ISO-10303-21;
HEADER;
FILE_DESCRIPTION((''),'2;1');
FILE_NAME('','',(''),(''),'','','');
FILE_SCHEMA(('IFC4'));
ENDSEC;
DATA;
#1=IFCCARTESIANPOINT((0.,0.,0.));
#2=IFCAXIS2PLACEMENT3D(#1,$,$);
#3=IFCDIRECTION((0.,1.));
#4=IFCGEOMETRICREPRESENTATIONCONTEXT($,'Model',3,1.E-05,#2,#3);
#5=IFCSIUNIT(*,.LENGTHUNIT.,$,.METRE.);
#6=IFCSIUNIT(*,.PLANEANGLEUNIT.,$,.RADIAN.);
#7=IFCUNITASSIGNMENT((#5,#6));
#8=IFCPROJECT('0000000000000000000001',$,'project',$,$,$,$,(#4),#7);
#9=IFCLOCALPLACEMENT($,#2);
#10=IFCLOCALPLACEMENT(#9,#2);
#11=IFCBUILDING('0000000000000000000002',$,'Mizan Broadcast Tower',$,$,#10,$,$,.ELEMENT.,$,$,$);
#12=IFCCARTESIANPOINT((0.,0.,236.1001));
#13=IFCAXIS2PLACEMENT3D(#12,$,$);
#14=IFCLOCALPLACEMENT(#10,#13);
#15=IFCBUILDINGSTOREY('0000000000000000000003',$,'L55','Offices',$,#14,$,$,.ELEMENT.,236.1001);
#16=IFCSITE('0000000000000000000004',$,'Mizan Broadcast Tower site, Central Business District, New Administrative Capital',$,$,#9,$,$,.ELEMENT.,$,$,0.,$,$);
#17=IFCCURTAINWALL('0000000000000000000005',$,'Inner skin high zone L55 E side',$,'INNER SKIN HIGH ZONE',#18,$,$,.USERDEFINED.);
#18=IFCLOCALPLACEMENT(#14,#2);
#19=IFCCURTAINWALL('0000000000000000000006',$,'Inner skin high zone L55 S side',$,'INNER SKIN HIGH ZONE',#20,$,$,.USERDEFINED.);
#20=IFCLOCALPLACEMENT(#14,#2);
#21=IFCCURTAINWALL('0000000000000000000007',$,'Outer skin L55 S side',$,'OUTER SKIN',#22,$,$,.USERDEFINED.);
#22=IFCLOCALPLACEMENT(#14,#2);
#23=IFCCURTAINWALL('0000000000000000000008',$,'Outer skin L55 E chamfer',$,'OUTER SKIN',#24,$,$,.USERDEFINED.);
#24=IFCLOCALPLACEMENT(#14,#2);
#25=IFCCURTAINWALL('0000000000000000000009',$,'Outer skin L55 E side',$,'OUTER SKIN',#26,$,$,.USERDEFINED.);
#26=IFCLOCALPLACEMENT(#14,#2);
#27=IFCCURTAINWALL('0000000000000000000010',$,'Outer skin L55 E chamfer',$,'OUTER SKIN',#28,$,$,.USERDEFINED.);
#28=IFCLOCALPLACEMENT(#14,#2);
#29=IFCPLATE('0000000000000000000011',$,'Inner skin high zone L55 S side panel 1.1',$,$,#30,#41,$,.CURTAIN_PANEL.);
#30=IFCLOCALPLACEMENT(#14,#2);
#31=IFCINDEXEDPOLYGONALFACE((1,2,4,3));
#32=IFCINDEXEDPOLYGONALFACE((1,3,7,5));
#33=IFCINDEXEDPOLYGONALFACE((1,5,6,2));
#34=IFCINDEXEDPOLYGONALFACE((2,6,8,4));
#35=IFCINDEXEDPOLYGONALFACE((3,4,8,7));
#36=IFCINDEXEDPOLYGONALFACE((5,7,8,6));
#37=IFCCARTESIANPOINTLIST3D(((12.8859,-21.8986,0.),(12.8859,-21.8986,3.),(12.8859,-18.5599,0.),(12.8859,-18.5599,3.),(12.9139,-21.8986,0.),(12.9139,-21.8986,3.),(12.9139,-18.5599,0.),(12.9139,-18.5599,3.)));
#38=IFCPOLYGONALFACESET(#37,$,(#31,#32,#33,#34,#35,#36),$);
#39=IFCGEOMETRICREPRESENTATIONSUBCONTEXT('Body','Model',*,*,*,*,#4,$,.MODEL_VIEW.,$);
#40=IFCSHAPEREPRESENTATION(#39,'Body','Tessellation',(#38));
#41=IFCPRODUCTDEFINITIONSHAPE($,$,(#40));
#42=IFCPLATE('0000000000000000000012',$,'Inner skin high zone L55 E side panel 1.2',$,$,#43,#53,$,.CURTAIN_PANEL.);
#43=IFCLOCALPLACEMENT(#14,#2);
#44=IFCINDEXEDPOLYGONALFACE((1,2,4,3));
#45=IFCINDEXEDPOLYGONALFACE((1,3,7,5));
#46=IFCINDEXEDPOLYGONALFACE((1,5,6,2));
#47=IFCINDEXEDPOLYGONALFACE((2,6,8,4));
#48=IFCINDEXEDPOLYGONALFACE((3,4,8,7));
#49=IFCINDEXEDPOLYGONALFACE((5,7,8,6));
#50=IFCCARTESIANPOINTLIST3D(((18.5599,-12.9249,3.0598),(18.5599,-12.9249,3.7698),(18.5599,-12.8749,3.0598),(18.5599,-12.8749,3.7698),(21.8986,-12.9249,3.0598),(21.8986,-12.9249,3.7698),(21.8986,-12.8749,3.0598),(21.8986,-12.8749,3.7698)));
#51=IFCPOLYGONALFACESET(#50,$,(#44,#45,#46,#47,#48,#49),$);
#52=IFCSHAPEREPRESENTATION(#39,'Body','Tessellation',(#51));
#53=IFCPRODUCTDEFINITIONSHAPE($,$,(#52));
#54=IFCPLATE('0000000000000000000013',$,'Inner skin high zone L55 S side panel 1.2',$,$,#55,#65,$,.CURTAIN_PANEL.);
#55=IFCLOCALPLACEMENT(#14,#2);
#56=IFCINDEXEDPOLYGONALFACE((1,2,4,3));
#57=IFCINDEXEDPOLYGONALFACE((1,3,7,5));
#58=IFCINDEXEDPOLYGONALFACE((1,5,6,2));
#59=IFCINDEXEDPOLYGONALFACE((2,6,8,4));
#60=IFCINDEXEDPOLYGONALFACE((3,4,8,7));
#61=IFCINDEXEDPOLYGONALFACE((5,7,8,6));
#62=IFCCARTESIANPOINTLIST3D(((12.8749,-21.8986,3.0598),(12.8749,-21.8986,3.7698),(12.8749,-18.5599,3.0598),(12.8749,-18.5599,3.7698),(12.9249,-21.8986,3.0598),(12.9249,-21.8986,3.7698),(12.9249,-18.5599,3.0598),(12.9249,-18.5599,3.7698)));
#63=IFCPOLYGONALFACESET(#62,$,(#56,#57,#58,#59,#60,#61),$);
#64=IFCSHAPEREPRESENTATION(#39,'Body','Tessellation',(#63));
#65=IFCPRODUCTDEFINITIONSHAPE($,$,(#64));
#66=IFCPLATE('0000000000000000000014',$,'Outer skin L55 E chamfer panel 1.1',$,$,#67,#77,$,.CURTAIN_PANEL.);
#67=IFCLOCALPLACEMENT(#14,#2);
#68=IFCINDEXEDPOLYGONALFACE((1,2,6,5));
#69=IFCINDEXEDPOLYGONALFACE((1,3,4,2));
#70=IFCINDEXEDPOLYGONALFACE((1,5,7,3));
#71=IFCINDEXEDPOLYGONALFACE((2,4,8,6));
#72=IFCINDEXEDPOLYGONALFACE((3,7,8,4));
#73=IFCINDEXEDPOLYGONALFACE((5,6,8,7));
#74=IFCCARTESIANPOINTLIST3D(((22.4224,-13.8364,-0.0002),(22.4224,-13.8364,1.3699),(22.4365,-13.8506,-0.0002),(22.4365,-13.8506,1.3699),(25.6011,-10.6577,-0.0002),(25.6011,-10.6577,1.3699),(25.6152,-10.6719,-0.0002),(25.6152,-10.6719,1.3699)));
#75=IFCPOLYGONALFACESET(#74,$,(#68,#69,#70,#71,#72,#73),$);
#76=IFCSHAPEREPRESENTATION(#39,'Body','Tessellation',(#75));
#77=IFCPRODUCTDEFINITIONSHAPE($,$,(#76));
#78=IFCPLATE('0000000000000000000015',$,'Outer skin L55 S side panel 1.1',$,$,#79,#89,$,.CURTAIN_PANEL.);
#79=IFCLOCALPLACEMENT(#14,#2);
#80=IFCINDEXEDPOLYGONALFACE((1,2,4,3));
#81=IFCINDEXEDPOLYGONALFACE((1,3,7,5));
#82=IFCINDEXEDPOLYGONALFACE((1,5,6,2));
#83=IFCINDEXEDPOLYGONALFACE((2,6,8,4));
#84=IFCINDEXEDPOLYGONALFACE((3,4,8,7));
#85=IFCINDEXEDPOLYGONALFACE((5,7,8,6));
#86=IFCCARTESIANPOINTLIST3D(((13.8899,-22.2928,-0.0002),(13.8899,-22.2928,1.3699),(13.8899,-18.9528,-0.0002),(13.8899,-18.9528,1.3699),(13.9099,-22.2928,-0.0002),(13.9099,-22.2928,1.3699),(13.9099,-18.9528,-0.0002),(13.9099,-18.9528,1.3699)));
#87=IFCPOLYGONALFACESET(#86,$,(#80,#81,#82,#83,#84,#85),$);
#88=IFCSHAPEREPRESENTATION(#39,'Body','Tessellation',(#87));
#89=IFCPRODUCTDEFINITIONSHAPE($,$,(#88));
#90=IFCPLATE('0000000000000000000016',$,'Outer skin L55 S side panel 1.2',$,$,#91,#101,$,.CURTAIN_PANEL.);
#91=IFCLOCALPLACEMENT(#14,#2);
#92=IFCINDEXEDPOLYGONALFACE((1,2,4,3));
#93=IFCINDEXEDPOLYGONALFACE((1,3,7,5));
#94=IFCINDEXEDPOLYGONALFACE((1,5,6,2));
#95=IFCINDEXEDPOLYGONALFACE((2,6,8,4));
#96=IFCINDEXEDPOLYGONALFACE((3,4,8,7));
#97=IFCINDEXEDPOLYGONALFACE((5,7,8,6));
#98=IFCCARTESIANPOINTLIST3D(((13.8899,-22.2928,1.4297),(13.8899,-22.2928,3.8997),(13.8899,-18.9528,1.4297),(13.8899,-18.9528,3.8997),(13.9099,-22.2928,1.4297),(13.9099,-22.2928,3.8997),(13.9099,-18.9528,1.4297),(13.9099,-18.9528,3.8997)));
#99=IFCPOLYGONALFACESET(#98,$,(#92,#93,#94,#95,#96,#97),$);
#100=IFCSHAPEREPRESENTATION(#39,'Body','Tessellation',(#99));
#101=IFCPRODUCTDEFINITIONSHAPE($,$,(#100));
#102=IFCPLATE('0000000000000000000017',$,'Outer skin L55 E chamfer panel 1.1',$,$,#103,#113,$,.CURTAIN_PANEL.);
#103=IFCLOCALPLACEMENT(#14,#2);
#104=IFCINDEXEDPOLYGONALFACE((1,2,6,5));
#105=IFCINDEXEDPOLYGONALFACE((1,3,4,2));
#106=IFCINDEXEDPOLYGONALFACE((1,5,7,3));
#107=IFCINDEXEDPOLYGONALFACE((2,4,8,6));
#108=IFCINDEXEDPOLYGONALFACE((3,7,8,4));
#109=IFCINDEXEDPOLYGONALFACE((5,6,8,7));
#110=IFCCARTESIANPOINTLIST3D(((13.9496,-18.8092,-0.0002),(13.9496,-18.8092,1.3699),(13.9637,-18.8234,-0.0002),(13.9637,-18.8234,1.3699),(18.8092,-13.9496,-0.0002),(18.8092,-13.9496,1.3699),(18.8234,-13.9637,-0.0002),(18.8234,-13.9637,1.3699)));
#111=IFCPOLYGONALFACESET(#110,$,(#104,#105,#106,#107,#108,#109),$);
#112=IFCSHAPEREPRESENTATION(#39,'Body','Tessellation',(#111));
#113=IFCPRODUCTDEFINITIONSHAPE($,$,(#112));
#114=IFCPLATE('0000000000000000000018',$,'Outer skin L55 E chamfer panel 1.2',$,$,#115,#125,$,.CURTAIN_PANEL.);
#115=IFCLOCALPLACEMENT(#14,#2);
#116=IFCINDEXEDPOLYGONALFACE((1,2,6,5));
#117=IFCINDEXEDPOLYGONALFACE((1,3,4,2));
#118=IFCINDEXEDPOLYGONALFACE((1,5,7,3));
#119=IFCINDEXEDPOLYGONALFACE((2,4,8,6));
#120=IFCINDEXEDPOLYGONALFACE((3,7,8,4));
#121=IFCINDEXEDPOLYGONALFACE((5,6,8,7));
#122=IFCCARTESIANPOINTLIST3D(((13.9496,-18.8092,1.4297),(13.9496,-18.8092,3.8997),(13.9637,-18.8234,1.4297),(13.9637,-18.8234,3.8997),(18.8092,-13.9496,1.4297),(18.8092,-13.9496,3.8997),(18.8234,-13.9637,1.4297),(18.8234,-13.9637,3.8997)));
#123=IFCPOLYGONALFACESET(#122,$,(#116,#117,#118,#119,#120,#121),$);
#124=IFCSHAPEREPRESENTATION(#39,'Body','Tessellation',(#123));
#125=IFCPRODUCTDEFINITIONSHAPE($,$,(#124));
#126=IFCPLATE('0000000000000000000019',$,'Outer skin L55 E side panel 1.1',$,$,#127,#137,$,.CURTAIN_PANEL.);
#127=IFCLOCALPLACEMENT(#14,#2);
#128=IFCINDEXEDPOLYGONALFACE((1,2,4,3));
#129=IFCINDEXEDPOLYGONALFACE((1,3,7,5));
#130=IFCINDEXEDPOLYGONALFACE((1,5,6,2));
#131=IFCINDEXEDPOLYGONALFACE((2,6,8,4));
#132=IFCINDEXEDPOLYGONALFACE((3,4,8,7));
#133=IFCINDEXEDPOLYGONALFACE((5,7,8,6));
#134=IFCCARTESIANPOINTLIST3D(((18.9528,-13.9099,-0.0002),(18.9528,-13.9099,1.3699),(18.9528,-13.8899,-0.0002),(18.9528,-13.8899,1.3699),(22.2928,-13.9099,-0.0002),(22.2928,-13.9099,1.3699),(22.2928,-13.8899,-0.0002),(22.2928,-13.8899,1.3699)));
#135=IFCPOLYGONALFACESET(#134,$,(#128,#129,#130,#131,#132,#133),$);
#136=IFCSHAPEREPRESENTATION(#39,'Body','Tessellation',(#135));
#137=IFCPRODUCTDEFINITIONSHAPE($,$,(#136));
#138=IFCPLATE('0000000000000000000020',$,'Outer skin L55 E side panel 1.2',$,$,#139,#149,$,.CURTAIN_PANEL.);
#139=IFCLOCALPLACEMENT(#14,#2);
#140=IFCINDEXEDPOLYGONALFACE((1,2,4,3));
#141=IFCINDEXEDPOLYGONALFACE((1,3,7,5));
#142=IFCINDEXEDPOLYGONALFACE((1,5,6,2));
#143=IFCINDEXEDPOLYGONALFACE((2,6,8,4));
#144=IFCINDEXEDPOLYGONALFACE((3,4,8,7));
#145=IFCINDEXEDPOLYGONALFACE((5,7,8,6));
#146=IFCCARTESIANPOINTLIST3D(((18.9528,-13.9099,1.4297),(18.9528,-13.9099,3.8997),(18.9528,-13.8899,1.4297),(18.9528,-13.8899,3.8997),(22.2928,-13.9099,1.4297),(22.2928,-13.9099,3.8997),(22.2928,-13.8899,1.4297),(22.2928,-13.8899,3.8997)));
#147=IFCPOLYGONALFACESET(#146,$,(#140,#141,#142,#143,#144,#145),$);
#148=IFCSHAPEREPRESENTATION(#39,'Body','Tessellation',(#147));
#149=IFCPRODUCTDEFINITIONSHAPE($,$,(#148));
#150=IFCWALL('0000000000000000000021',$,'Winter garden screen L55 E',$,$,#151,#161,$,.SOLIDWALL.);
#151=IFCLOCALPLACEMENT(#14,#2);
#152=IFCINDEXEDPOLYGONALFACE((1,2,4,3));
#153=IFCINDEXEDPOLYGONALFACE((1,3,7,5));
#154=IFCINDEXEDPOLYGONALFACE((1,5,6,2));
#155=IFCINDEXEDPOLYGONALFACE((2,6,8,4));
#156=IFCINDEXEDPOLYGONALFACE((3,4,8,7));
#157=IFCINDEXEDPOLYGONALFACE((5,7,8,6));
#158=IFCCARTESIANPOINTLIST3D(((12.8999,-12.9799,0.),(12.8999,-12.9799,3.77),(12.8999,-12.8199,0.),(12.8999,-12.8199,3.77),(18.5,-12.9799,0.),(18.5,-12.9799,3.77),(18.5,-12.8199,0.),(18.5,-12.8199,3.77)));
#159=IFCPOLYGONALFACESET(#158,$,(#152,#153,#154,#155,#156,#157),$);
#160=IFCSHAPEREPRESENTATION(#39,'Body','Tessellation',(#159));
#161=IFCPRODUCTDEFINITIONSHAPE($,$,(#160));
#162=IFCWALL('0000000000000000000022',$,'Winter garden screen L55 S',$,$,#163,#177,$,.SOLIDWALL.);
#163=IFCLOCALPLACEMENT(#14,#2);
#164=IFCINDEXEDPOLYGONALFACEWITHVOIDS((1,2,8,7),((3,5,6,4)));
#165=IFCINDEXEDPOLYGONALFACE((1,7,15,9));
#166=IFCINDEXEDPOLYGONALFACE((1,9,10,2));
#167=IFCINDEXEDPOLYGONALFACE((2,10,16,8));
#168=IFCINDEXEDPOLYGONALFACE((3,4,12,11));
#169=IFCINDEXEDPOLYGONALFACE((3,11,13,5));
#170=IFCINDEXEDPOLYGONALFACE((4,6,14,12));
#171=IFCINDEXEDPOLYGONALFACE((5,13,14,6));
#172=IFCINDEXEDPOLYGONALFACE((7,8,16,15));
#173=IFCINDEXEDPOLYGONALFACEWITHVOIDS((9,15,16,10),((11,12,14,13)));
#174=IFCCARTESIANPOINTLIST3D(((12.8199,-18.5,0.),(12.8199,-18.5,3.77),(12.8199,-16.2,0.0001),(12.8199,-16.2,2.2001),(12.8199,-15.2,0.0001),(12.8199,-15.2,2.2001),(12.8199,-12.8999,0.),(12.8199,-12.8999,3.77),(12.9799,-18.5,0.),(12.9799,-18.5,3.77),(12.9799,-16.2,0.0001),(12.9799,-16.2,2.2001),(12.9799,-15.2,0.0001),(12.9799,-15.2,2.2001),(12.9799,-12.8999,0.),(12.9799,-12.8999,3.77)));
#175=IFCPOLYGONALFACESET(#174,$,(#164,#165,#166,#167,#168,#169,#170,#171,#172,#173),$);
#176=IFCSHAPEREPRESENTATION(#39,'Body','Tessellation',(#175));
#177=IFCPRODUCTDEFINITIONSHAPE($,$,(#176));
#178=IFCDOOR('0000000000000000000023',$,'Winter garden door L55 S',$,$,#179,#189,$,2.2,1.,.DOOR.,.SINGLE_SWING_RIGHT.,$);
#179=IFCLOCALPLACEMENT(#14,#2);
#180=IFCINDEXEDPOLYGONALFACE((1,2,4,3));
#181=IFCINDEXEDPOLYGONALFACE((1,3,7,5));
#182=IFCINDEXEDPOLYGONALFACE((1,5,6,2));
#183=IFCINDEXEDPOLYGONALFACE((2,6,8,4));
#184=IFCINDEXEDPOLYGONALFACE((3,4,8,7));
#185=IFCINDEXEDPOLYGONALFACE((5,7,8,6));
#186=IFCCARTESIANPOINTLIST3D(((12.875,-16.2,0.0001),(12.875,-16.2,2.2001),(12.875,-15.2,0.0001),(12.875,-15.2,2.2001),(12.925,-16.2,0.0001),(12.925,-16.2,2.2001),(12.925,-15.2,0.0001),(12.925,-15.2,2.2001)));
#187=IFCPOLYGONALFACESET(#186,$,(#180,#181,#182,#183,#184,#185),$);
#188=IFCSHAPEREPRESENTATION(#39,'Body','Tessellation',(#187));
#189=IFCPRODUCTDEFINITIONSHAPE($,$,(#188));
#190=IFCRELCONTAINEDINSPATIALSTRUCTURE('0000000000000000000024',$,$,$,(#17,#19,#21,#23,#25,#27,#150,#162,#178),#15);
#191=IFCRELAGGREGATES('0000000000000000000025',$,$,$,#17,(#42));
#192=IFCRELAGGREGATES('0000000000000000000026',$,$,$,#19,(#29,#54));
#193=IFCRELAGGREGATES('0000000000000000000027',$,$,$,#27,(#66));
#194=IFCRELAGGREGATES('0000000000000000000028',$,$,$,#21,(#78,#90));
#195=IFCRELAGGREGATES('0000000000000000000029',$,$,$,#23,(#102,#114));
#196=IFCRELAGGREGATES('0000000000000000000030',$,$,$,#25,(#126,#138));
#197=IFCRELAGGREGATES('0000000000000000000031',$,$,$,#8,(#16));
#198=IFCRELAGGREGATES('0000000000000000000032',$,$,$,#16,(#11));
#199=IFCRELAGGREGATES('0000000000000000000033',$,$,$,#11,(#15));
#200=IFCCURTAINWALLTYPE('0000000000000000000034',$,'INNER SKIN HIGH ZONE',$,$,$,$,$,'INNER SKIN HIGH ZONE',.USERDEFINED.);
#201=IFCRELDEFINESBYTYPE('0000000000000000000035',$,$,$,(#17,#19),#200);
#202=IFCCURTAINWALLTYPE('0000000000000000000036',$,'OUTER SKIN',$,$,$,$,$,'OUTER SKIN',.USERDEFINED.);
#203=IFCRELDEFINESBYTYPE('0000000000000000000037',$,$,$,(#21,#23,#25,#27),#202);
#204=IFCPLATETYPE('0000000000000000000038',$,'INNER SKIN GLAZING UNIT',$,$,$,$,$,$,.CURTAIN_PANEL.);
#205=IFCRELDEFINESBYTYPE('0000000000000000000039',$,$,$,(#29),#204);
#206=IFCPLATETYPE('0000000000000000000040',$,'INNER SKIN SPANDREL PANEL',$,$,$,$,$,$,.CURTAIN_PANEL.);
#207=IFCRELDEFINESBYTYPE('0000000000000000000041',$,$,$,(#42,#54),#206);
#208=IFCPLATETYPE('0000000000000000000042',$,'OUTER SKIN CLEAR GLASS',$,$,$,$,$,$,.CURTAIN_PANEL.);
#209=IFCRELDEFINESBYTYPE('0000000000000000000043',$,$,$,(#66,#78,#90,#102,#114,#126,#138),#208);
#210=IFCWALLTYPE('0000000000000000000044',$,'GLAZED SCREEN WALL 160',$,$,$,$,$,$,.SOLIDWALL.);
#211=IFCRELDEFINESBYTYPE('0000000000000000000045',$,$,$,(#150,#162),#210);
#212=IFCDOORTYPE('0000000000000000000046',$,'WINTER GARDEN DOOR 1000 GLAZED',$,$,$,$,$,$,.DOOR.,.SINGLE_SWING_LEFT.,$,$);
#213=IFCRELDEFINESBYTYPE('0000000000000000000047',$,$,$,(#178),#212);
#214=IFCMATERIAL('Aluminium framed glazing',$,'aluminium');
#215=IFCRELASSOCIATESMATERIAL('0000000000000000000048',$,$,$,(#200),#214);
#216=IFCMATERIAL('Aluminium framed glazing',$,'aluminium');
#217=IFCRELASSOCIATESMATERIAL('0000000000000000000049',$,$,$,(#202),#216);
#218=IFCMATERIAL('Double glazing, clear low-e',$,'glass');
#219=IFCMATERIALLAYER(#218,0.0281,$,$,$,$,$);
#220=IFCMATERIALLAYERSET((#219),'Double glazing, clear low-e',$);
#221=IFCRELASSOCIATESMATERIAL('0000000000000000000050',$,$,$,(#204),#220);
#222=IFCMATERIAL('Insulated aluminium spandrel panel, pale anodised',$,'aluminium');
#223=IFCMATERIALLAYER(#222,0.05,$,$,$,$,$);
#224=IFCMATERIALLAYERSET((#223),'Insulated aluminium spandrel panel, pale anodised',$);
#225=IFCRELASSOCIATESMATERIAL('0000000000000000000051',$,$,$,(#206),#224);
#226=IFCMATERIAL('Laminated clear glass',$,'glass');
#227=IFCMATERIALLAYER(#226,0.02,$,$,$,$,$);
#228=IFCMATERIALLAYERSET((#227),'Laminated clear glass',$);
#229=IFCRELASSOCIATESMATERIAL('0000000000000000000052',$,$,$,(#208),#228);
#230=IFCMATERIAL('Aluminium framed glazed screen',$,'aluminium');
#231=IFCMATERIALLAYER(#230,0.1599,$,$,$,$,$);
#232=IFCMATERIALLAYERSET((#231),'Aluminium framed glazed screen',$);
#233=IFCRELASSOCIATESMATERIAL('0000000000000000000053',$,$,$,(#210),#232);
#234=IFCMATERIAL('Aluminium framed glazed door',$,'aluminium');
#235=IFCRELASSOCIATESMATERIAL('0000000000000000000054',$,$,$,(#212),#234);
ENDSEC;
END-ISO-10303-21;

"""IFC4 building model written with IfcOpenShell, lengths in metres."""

from ifc_helpers import new_model, si_unit, direction, frame, frame_2d, origin, origin_2d, place, context, subcontext, project, spatial, rectangle, extrude, material, layer, layer_set, type_object, element, fill, aggregate, save


model = new_model("IFC4")

# Units and contexts
model_context = context("Model", 3, precision=1e-05, world=origin(), true_north=direction((0.0, 1.0)))
body_context = subcontext(model_context, "Body", "Model", "MODEL_VIEW")
ifc_project = project(units=[si_unit("LENGTHUNIT", "METRE"), si_unit("PLANEANGLEUNIT", "RADIAN")], contexts=[model_context])

# Site, building, storey
site_placement = place(None, origin())
site = spatial("IfcSite", under=ifc_project, at=site_placement, Name="Mizan Broadcast Tower site, Central Business District, New Administrative Capital", CompositionType="ELEMENT", RefElevation=0.0)
building_placement = place(site_placement, origin())
building = spatial("IfcBuilding", under=site, at=building_placement, Name="Mizan Broadcast Tower", CompositionType="ELEMENT")
storey_placement = place(building_placement, frame((0.0, 0.0, 236.1001)))
storey = spatial("IfcBuildingStorey", under=building, at=storey_placement, Name="L55", Description="Offices", CompositionType="ELEMENT", Elevation=236.1001)

# Curtain walls
ifc_material_1 = material(Name="Aluminium framed glazing", Category="aluminium")
curtain_wall_type_1 = type_object("IfcCurtainWallType", Name="INNER SKIN HIGH ZONE", ElementType="INNER SKIN HIGH ZONE", PredefinedType="USERDEFINED", material=ifc_material_1)
curtain_wall_1_placement = place(storey_placement, origin())
curtain_wall_1 = element("IfcCurtainWall", 1, at=curtain_wall_1_placement, inside=storey, type_object=curtain_wall_type_1, Name="Inner skin high zone L55 E side", ObjectType="INNER SKIN HIGH ZONE", PredefinedType="USERDEFINED")
curtain_wall_2_placement = place(storey_placement, origin())
curtain_wall_2 = element("IfcCurtainWall", 2, at=curtain_wall_2_placement, inside=storey, type_object=curtain_wall_type_1, Name="Inner skin high zone L55 S side", ObjectType="INNER SKIN HIGH ZONE", PredefinedType="USERDEFINED")

# Curtain walls
ifc_material_2 = material(Name="Aluminium framed glazing", Category="aluminium")
curtain_wall_type_2 = type_object("IfcCurtainWallType", Name="OUTER SKIN", ElementType="OUTER SKIN", PredefinedType="USERDEFINED", material=ifc_material_2)
curtain_wall_3_placement = place(storey_placement, origin())
curtain_wall_3 = element("IfcCurtainWall", 3, at=curtain_wall_3_placement, inside=storey, type_object=curtain_wall_type_2, Name="Outer skin L55 S side", ObjectType="OUTER SKIN", PredefinedType="USERDEFINED")
curtain_wall_4_placement = place(storey_placement, origin())
curtain_wall_4 = element("IfcCurtainWall", 4, at=curtain_wall_4_placement, inside=storey, type_object=curtain_wall_type_2, Name="Outer skin L55 E chamfer", ObjectType="OUTER SKIN", PredefinedType="USERDEFINED")
curtain_wall_5_placement = place(storey_placement, origin())
curtain_wall_5 = element("IfcCurtainWall", 5, at=curtain_wall_5_placement, inside=storey, type_object=curtain_wall_type_2, Name="Outer skin L55 E side", ObjectType="OUTER SKIN", PredefinedType="USERDEFINED")
curtain_wall_6_placement = place(storey_placement, origin())
curtain_wall_6 = element("IfcCurtainWall", 6, at=curtain_wall_6_placement, inside=storey, type_object=curtain_wall_type_2, Name="Outer skin L55 E chamfer", ObjectType="OUTER SKIN", PredefinedType="USERDEFINED")

# Plates
ifc_material_3 = material(Name="Double glazing, clear low-e", Category="glass")
ifc_layer_1 = layer(ifc_material_3, 0.0281)
ifc_layer_set_1 = layer_set([ifc_layer_1], Name="Double glazing, clear low-e")
plate_type_1 = type_object("IfcPlateType", Name="INNER SKIN GLAZING UNIT", PredefinedType="CURTAIN_PANEL", material=ifc_layer_set_1)
plate_1_placement = place(storey_placement, frame((12.8999, -20.2292, 0.0), z_axis=(0.0, 0.0, 1.0), x_axis=(0.0, 1.0, 0.0)))
plate_1 = element("IfcPlate", 7, at=plate_1_placement, type_object=plate_type_1, Name="Inner skin high zone L55 S side panel 1.1", PredefinedType="CURTAIN_PANEL", context=body_context, shape_type="SweptSolid", body=[
    extrude(rectangle(XDim=3.3386, YDim=0.0281, at=origin_2d()), origin(), (0.0, 0.0, 1.0), 3.0),
])
ifc_material_4 = material(Name="Insulated aluminium spandrel panel, pale anodised", Category="aluminium")
ifc_layer_2 = layer(ifc_material_4, 0.05)
ifc_layer_set_2 = layer_set([ifc_layer_2], Name="Insulated aluminium spandrel panel, pale anodised")
plate_type_2 = type_object("IfcPlateType", Name="INNER SKIN SPANDREL PANEL", PredefinedType="CURTAIN_PANEL", material=ifc_layer_set_2)
plate_2_placement = place(storey_placement, frame((20.2292, -12.8999, 3.0598), z_axis=(0.0, 0.0, 1.0), x_axis=(1.0, 0.0, 0.0)))
plate_2 = element("IfcPlate", 8, at=plate_2_placement, type_object=plate_type_2, Name="Inner skin high zone L55 E side panel 1.2", PredefinedType="CURTAIN_PANEL", context=body_context, shape_type="SweptSolid", body=[
    extrude(rectangle(XDim=3.3386, YDim=0.05, at=origin_2d()), origin(), (0.0, 0.0, 1.0), 0.71),
])
aggregate(curtain_wall_1, [plate_2])
plate_3_placement = place(storey_placement, frame((12.8999, -20.2292, 3.0598), z_axis=(0.0, 0.0, 1.0), x_axis=(0.0, 1.0, 0.0)))
plate_3 = element("IfcPlate", 9, at=plate_3_placement, type_object=plate_type_2, Name="Inner skin high zone L55 S side panel 1.2", PredefinedType="CURTAIN_PANEL", context=body_context, shape_type="SweptSolid", body=[
    extrude(rectangle(XDim=3.3386, YDim=0.05, at=origin_2d()), origin(), (0.0, 0.0, 1.0), 0.71),
])
aggregate(curtain_wall_2, [plate_1, plate_3])
ifc_material_5 = material(Name="Laminated clear glass", Category="glass")
ifc_layer_3 = layer(ifc_material_5, 0.02)
ifc_layer_set_3 = layer_set([ifc_layer_3], Name="Laminated clear glass")
plate_type_3 = type_object("IfcPlateType", Name="OUTER SKIN CLEAR GLASS", PredefinedType="CURTAIN_PANEL", material=ifc_layer_set_3)
plate_4_placement = place(storey_placement, frame((24.0188, -12.2542, -0.0002), z_axis=(0.0, 0.0, 1.0), x_axis=(0.707107, 0.707107, 0.0)))
plate_4 = element("IfcPlate", 10, at=plate_4_placement, type_object=plate_type_3, Name="Outer skin L55 E chamfer panel 1.1", PredefinedType="CURTAIN_PANEL", context=body_context, shape_type="SweptSolid", body=[
    extrude(rectangle(XDim=4.4954, YDim=0.02, at=origin_2d()), origin(), (0.0, 0.0, 1.0), 1.3701),
])
aggregate(curtain_wall_6, [plate_4])
plate_5_placement = place(storey_placement, frame((13.8999, -20.6228, -0.0002), z_axis=(0.0, 0.0, 1.0), x_axis=(0.0, 1.0, 0.0)))
plate_5 = element("IfcPlate", 11, at=plate_5_placement, type_object=plate_type_3, Name="Outer skin L55 S side panel 1.1", PredefinedType="CURTAIN_PANEL", context=body_context, shape_type="SweptSolid", body=[
    extrude(rectangle(XDim=3.3401, YDim=0.02, at=origin_2d()), origin(), (0.0, 0.0, 1.0), 1.3701),
])
plate_6_placement = place(storey_placement, frame((13.8999, -20.6228, 1.4297), z_axis=(0.0, 0.0, 1.0), x_axis=(0.0, 1.0, 0.0)))
plate_6 = element("IfcPlate", 12, at=plate_6_placement, type_object=plate_type_3, Name="Outer skin L55 S side panel 1.2", PredefinedType="CURTAIN_PANEL", context=body_context, shape_type="SweptSolid", body=[
    extrude(rectangle(XDim=3.3401, YDim=0.02, at=origin_2d()), origin(), (0.0, 0.0, 1.0), 2.47),
])
aggregate(curtain_wall_3, [plate_5, plate_6])
plate_7_placement = place(storey_placement, frame((16.3865, -16.3865, -0.0002), z_axis=(0.0, 0.0, 1.0), x_axis=(0.707107, 0.707107, 0.0)))
plate_7 = element("IfcPlate", 13, at=plate_7_placement, type_object=plate_type_3, Name="Outer skin L55 E chamfer panel 1.1", PredefinedType="CURTAIN_PANEL", context=body_context, shape_type="SweptSolid", body=[
    extrude(rectangle(XDim=6.8726, YDim=0.02, at=origin_2d()), origin(), (0.0, 0.0, 1.0), 1.3701),
])
plate_8_placement = place(storey_placement, frame((16.3865, -16.3865, 1.4297), z_axis=(0.0, 0.0, 1.0), x_axis=(0.707107, 0.707107, 0.0)))
plate_8 = element("IfcPlate", 14, at=plate_8_placement, type_object=plate_type_3, Name="Outer skin L55 E chamfer panel 1.2", PredefinedType="CURTAIN_PANEL", context=body_context, shape_type="SweptSolid", body=[
    extrude(rectangle(XDim=6.8726, YDim=0.02, at=origin_2d()), origin(), (0.0, 0.0, 1.0), 2.47),
])
aggregate(curtain_wall_4, [plate_7, plate_8])
plate_9_placement = place(storey_placement, frame((20.6228, -13.8999, -0.0002), z_axis=(0.0, 0.0, 1.0), x_axis=(1.0, 0.0, 0.0)))
plate_9 = element("IfcPlate", 15, at=plate_9_placement, type_object=plate_type_3, Name="Outer skin L55 E side panel 1.1", PredefinedType="CURTAIN_PANEL", context=body_context, shape_type="SweptSolid", body=[
    extrude(rectangle(XDim=3.3401, YDim=0.02, at=origin_2d()), origin(), (0.0, 0.0, 1.0), 1.3701),
])
plate_10_placement = place(storey_placement, frame((20.6228, -13.8999, 1.4297), z_axis=(0.0, 0.0, 1.0), x_axis=(1.0, 0.0, 0.0)))
plate_10 = element("IfcPlate", 16, at=plate_10_placement, type_object=plate_type_3, Name="Outer skin L55 E side panel 1.2", PredefinedType="CURTAIN_PANEL", context=body_context, shape_type="SweptSolid", body=[
    extrude(rectangle(XDim=3.3401, YDim=0.02, at=origin_2d()), origin(), (0.0, 0.0, 1.0), 2.47),
])
aggregate(curtain_wall_5, [plate_9, plate_10])

# Wall
ifc_material_6 = material(Name="Aluminium framed glazed screen", Category="aluminium")
ifc_layer_4 = layer(ifc_material_6, 0.1599)
ifc_layer_set_4 = layer_set([ifc_layer_4], Name="Aluminium framed glazed screen")
wall_type_1 = type_object("IfcWallType", Name="GLAZED SCREEN WALL 160", PredefinedType="SOLIDWALL", material=ifc_layer_set_4)
wall_1_placement = place(storey_placement, frame((12.8999, -12.8999, 0.0), z_axis=(0.0, 0.0, 1.0), x_axis=(1.0, 0.0, 0.0)))
element("IfcWall", 17, at=wall_1_placement, inside=storey, type_object=wall_type_1, Name="Winter garden screen L55 E", PredefinedType="SOLIDWALL", context=body_context, shape_type="SweptSolid", body=[
    extrude(rectangle(XDim=5.6001, YDim=0.1599, at=frame_2d((2.8, 0.0))), origin(), (0.0, 0.0, 1.0), 3.77),
])

# Wall, opening, door
wall_2_placement = place(storey_placement, frame((12.8999, -18.5, 0.0), z_axis=(0.0, 0.0, 1.0), x_axis=(0.0, 1.0, 0.0)))
wall_2 = element("IfcWall", 18, at=wall_2_placement, inside=storey, type_object=wall_type_1, Name="Winter garden screen L55 S", PredefinedType="SOLIDWALL", context=body_context, shape_type="SweptSolid", body=[
    extrude(rectangle(XDim=5.6001, YDim=0.1599, at=frame_2d((2.8, 0.0))), origin(), (0.0, 0.0, 1.0), 3.77),
])
opening_1_placement = place(wall_2_placement, frame((2.3, 0.0, 0.0)))
opening_1 = element("IfcOpeningElement", 19, at=opening_1_placement, cuts=wall_2, PredefinedType="OPENING", context=body_context, shape_type="SweptSolid", body=[
    extrude(rectangle(XDim=1.0, YDim=2.2, at=frame_2d((0.5, 1.1001))), frame((0.0, 0.0898, 0.0), z_axis=(0.0, -1.0, 0.0), x_axis=(1.0, 0.0, 0.0)), (0.0, 0.0, 1.0), 0.1799),
])
ifc_material_7 = material(Name="Aluminium framed glazed door", Category="aluminium")
door_type_1 = type_object("IfcDoorType", Name="WINTER GARDEN DOOR 1000 GLAZED", OperationType="SINGLE_SWING_LEFT", PredefinedType="DOOR", material=ifc_material_7)
door_1_placement = place(opening_1_placement, origin())
door_1 = element("IfcDoor", 20, at=door_1_placement, inside=storey, type_object=door_type_1, Name="Winter garden door L55 S", OperationType="SINGLE_SWING_RIGHT", OverallHeight=2.2, OverallWidth=1.0, PredefinedType="DOOR", context=body_context, shape_type="SweptSolid", body=[
    extrude(rectangle(XDim=1.0, YDim=2.2, at=frame_2d((0.5, 1.1001))), frame((0.0, 0.0249, 0.0), z_axis=(0.0, -1.0, 0.0), x_axis=(1.0, 0.0, 0.0)), (0.0, 0.0, 1.0), 0.05),
])
fill(opening_1, door_1)

save(model, "model.ifc")
